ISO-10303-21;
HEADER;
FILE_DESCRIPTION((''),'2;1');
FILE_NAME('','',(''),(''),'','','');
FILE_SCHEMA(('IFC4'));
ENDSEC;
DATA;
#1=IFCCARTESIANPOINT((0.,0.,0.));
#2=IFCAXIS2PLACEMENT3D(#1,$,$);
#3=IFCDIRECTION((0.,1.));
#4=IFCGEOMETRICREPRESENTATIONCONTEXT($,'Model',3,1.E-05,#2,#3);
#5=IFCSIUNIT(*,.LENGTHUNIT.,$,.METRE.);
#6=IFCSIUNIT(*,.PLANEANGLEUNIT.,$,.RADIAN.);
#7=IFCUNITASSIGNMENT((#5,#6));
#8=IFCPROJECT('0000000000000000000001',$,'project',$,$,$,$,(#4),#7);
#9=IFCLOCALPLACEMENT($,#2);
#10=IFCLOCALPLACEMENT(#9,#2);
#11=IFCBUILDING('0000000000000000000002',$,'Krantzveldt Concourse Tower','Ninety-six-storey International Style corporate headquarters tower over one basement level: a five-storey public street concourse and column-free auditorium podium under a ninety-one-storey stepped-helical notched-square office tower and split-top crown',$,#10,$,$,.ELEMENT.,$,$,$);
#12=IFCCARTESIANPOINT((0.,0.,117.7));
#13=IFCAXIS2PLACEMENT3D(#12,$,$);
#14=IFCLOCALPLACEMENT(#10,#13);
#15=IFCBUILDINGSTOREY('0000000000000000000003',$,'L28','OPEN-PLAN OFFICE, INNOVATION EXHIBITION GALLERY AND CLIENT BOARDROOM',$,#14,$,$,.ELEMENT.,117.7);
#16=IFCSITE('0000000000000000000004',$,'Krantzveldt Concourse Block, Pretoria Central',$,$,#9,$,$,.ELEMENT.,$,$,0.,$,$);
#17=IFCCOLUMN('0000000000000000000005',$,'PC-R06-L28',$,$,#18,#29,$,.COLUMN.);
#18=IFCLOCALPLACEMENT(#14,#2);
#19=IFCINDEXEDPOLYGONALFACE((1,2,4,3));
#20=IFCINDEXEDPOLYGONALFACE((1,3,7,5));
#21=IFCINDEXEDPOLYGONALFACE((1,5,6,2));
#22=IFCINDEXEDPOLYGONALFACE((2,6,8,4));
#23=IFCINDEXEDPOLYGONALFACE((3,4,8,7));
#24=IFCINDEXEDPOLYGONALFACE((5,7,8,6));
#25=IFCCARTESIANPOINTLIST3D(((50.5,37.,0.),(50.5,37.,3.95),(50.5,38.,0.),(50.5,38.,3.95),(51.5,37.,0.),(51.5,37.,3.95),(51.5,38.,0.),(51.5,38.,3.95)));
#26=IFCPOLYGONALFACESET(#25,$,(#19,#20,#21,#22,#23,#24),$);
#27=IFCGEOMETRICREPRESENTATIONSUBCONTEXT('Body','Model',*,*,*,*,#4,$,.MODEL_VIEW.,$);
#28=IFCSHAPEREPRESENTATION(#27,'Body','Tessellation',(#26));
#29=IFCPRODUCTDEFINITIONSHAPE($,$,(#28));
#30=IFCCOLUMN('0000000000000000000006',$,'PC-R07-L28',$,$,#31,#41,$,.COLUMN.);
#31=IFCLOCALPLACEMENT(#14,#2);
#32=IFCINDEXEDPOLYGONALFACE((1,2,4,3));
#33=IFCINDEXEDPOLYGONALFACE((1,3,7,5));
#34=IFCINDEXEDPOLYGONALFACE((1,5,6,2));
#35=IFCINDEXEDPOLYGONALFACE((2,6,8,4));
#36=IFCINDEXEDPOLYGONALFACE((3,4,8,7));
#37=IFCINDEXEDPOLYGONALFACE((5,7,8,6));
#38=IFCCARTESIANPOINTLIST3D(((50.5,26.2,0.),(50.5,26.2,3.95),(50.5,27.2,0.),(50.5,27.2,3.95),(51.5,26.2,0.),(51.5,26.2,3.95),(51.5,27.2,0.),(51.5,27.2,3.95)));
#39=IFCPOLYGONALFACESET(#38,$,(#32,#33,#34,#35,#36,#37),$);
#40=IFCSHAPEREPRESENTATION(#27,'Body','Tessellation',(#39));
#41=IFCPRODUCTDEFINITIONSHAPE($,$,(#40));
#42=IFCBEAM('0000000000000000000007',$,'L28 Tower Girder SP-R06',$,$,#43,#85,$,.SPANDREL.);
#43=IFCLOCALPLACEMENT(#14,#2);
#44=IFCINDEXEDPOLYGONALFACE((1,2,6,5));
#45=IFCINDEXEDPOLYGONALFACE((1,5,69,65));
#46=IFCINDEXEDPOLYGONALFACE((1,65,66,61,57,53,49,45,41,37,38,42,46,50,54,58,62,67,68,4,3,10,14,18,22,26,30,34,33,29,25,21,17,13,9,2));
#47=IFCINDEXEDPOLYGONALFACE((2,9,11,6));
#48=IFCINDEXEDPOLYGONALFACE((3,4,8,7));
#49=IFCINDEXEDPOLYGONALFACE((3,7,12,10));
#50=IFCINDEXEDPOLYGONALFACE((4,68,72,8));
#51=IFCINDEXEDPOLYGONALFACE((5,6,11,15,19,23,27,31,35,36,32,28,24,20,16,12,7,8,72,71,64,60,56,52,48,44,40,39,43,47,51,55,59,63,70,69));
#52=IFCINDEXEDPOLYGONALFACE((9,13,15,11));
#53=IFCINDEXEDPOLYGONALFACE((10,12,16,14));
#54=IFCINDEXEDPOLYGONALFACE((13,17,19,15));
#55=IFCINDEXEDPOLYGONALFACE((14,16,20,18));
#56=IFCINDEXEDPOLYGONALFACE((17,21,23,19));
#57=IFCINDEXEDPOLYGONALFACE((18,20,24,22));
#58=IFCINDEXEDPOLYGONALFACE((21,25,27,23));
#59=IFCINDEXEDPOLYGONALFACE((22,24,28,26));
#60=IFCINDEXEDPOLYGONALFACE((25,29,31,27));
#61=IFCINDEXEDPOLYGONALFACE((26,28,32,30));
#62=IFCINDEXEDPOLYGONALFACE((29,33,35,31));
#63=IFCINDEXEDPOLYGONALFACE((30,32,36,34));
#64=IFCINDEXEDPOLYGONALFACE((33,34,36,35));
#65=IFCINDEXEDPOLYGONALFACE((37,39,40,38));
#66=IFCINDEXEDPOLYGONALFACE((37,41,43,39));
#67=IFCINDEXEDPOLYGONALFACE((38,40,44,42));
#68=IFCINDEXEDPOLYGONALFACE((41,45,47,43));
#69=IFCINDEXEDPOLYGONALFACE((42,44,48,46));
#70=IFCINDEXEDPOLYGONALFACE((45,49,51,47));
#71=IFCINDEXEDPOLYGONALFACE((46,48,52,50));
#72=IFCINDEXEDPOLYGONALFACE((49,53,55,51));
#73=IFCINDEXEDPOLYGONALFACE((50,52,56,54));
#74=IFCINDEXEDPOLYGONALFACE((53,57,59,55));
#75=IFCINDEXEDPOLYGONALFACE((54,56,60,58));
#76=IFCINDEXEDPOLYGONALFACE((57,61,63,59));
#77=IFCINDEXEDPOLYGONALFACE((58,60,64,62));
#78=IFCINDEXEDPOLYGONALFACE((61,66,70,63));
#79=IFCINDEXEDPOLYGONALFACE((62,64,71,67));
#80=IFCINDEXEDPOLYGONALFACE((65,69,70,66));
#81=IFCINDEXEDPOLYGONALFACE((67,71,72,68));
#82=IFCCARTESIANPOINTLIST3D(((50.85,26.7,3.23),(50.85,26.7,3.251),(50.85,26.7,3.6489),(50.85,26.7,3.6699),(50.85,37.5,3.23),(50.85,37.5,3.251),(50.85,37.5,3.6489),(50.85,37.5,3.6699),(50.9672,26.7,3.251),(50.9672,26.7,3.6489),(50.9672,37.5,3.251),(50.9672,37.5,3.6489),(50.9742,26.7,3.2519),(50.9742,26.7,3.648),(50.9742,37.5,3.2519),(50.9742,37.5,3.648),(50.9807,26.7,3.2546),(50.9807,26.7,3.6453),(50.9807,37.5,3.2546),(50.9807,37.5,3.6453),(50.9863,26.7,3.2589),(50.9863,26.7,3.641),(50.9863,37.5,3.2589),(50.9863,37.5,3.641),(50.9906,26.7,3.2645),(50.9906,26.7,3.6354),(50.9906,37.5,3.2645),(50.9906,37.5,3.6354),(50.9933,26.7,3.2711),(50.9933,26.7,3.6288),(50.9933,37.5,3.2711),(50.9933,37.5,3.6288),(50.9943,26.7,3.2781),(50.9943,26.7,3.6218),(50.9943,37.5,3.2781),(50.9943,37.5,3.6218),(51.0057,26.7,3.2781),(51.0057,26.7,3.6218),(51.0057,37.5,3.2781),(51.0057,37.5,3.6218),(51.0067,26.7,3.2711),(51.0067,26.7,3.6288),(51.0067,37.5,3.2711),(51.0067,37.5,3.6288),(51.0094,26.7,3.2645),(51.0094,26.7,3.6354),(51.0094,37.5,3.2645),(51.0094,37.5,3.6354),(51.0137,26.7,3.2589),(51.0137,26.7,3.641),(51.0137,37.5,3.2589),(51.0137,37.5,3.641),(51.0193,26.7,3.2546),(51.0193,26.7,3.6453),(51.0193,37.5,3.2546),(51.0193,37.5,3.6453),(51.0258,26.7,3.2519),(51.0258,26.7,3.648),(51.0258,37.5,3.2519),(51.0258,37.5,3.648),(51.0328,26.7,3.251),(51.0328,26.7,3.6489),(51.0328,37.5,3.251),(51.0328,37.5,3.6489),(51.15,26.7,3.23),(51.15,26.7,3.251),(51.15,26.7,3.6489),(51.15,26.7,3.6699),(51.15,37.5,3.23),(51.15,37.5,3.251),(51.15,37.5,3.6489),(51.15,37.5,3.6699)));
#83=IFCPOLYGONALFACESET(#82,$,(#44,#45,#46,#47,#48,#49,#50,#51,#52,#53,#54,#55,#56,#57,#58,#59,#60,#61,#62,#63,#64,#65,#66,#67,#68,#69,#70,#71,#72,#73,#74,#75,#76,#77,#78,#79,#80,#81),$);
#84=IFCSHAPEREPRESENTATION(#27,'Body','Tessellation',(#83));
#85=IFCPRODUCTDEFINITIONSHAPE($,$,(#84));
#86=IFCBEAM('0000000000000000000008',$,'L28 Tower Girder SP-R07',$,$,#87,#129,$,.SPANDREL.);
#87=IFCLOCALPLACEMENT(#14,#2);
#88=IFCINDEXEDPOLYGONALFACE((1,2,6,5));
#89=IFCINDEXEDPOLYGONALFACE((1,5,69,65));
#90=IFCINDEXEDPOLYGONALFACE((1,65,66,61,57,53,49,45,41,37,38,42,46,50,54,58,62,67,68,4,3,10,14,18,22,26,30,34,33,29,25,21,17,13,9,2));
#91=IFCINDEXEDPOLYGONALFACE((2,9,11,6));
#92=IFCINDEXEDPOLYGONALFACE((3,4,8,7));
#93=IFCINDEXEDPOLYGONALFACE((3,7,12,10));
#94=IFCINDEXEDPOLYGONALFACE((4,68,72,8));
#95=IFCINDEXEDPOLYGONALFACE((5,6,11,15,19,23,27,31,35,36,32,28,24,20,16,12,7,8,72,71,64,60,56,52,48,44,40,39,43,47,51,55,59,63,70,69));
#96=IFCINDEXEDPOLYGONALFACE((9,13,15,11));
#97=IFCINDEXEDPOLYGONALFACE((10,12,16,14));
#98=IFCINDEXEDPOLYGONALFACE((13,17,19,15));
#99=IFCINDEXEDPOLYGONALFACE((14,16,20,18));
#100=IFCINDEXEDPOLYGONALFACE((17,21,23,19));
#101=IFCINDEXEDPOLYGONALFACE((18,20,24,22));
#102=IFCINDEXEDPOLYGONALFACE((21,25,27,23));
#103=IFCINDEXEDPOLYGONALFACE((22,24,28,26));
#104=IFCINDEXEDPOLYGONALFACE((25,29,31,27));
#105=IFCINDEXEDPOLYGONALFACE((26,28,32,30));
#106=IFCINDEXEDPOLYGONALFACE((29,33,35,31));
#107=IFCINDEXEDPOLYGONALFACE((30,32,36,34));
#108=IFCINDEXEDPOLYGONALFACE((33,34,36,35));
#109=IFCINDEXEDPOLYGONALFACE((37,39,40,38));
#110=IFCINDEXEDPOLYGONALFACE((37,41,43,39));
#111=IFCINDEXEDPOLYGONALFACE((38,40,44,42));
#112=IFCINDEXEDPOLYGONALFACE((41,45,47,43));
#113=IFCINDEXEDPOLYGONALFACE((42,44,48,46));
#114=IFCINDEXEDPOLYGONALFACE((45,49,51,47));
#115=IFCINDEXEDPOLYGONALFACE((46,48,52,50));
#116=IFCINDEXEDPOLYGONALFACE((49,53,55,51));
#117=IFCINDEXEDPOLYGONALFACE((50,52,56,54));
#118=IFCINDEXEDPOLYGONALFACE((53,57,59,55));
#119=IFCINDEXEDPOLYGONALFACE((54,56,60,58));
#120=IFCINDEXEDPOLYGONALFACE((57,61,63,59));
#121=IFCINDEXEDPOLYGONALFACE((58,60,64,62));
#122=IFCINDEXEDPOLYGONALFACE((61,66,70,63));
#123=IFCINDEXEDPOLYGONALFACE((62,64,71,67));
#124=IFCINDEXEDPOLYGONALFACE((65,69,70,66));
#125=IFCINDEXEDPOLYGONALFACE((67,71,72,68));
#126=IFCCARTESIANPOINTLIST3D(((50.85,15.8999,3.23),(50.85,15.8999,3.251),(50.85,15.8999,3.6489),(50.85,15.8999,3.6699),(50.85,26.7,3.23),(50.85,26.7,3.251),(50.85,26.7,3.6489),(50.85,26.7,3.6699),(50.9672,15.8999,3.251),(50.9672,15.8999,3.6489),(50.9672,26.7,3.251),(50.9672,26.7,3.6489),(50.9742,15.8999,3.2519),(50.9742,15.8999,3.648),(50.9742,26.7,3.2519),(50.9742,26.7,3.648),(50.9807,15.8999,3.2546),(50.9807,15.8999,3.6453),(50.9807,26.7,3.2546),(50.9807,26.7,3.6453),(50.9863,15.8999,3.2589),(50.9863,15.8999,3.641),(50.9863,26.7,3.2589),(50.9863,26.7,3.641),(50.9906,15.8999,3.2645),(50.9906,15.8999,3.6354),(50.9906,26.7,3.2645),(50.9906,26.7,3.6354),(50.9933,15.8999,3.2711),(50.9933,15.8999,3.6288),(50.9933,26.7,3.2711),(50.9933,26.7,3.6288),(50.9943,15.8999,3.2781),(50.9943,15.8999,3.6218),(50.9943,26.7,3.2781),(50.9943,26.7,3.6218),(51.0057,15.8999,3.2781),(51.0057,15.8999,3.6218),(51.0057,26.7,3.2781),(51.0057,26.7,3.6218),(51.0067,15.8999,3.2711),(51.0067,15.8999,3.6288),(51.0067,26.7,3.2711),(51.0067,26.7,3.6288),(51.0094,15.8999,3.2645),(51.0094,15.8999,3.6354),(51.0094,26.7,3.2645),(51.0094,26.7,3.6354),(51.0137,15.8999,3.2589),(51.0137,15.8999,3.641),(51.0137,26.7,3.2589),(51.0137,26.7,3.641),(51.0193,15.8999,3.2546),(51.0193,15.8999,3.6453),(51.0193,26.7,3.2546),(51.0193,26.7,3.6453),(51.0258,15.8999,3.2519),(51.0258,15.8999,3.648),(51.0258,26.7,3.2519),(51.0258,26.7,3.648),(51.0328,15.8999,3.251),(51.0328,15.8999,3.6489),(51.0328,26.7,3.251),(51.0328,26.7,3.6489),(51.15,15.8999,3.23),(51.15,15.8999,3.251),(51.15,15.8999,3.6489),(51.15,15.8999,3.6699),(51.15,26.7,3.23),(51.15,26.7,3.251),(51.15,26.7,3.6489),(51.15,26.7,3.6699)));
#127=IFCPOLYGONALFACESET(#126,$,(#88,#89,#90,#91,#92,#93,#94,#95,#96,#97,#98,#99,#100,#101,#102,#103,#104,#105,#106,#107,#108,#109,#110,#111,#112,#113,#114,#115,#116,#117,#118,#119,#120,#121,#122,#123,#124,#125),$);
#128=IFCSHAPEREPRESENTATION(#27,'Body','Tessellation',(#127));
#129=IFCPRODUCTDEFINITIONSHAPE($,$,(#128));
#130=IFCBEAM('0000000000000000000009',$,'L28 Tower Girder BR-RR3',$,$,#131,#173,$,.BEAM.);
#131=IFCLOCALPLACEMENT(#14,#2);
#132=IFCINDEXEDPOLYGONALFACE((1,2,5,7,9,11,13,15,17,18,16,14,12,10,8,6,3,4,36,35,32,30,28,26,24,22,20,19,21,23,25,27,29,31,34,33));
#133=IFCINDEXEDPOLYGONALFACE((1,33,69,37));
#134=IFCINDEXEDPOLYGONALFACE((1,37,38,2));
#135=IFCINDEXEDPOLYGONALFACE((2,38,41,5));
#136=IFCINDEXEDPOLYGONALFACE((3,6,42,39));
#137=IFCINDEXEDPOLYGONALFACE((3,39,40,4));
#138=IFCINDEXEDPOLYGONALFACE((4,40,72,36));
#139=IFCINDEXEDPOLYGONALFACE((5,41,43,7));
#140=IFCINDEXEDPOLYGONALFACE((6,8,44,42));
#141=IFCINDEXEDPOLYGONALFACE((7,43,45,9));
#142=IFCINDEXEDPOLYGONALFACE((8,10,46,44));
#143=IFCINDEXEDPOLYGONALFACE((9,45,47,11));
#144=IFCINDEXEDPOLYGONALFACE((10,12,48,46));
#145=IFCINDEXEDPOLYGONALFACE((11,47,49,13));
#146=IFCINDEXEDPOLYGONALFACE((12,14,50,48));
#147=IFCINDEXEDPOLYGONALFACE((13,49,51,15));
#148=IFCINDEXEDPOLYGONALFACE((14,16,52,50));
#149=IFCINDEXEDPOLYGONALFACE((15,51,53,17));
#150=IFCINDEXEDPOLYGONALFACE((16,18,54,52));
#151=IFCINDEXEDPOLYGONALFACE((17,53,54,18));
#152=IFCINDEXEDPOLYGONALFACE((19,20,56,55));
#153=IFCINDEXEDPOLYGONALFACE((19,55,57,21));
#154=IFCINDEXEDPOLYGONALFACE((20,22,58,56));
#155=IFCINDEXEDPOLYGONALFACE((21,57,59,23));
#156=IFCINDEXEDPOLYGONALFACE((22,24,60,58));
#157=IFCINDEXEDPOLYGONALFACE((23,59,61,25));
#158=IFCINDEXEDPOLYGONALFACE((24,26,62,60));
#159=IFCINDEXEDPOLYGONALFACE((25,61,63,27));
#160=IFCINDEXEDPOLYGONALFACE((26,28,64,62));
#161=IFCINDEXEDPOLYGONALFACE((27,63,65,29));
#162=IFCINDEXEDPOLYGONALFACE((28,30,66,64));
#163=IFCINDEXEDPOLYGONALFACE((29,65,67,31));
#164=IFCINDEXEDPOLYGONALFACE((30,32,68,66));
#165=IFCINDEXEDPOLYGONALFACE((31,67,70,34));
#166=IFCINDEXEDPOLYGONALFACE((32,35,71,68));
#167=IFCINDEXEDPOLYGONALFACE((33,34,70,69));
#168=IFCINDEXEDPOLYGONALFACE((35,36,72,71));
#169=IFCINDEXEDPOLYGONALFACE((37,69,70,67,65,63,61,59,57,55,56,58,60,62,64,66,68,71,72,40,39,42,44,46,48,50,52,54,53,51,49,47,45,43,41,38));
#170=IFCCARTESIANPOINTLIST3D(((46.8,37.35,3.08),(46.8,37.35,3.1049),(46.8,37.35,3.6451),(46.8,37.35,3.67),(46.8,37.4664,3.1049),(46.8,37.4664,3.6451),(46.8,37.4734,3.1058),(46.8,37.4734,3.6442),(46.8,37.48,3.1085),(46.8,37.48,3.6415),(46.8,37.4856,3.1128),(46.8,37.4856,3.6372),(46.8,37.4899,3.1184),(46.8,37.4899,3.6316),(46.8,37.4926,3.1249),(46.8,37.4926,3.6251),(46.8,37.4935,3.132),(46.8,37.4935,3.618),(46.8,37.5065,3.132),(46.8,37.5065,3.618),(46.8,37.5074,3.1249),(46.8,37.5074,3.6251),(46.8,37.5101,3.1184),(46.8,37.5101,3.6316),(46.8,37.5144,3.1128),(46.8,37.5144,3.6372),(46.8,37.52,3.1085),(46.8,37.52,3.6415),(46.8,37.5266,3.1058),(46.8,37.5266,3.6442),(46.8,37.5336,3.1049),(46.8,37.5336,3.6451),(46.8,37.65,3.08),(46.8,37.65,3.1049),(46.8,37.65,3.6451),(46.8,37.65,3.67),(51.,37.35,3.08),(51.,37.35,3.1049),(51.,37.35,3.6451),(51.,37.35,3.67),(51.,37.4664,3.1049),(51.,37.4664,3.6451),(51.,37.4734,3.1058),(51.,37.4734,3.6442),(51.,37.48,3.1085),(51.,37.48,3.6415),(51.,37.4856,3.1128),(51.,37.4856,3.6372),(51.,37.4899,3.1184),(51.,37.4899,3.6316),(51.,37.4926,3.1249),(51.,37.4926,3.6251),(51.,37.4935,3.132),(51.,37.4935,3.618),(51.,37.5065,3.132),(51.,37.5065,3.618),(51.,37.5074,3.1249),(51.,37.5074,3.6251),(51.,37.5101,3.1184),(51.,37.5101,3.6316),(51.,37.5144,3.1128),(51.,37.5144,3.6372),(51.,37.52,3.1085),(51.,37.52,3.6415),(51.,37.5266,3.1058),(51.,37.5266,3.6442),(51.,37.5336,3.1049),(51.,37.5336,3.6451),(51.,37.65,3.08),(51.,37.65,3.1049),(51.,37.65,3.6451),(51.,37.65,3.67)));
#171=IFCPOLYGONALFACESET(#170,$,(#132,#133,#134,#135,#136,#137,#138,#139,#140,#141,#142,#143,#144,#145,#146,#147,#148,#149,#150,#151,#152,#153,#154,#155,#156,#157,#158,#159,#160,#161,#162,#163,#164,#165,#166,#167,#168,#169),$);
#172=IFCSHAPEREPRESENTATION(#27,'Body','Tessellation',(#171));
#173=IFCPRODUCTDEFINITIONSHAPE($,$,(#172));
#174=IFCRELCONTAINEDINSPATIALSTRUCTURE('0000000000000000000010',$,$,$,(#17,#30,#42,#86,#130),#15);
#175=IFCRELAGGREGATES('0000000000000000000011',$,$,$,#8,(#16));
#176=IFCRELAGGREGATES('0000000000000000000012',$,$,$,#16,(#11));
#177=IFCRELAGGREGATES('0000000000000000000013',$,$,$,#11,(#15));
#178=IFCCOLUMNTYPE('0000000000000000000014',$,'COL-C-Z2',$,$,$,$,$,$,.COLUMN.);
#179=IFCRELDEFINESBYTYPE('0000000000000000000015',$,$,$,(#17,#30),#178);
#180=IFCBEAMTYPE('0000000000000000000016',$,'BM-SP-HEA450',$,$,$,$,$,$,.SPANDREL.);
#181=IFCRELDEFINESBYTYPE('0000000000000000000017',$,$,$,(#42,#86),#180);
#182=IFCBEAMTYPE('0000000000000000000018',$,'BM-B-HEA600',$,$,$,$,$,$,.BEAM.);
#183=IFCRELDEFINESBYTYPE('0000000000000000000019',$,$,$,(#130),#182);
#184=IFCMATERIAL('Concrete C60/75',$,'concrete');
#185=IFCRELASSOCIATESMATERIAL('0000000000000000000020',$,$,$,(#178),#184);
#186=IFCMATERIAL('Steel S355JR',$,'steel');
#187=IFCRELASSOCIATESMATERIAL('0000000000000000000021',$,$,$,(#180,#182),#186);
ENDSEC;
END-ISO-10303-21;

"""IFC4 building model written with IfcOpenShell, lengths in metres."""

from ifc_helpers import new_model, si_unit, direction, frame, origin, origin_2d, place, context, subcontext, project, spatial, rectangle, i_section, extrude, source, transform, mapped, material, material_profile, profile_set, type_object, type_shapes, element, save


model = new_model("IFC4")

# Units and contexts
model_context = context("Model", 3, precision=1e-05, world=origin(), true_north=direction((0.0, 1.0)))
body_context = subcontext(model_context, "Body", "Model", "MODEL_VIEW")
ifc_project = project(units=[si_unit("LENGTHUNIT", "METRE"), si_unit("PLANEANGLEUNIT", "RADIAN")], contexts=[model_context])

# Site, building, storey
site_placement = place(None, origin())
site = spatial("IfcSite", under=ifc_project, at=site_placement, Name="Krantzveldt Concourse Block, Pretoria Central", CompositionType="ELEMENT", RefElevation=0.0)
building_placement = place(site_placement, origin())
building = spatial("IfcBuilding", under=site, at=building_placement, Name="Krantzveldt Concourse Tower", Description="Ninety-six-storey International Style corporate headquarters tower over one basement level: a five-storey public street concourse and column-free auditorium podium under a ninety-one-storey stepped-helical notched-square office tower and split-top crown", CompositionType="ELEMENT")
storey_placement = place(building_placement, frame((0.0, 0.0, 117.7)))
storey = spatial("IfcBuildingStorey", under=building, at=storey_placement, Name="L28", Description="OPEN-PLAN OFFICE, INNOVATION EXHIBITION GALLERY AND CLIENT BOARDROOM", CompositionType="ELEMENT", Elevation=117.7)

# Columns
ifc_material_1 = material(Name="Concrete C60/75", Category="concrete")
ifc_material_profile_1 = material_profile(ifc_material_1, rectangle(XDim=1.0, YDim=1.0, at=origin_2d()), Name="Concrete C60/75", Category="concrete")
ifc_profile_set_1 = profile_set([ifc_material_profile_1], Name="Concrete C60/75 - RC 1000x1000")
column_type = type_object("IfcColumnType", Name="COL-C-Z2", PredefinedType="COLUMN", material=ifc_profile_set_1)
shared_shape_1 = source(origin(), body_context, "Body", "SweptSolid", [
    extrude(rectangle(XDim=1.0, YDim=1.0, at=origin_2d()), origin(), (0.0, 0.0, 1.0), 3.95),
])
type_shapes(column_type, [shared_shape_1])
for number, where, z_axis, x_axis, name in (
    (1, (51.0, 37.5, 0.0), (0.0, 0.0, 1.0), (1.0, 0.0, 0.0), "PC-R06-L28"),
    (2, (51.0, 26.7, 0.0), (0.0, 0.0, 1.0), (1.0, 0.0, 0.0), "PC-R07-L28"),
):
    element("IfcColumn", number, at=place(storey_placement, frame(where, z_axis=z_axis, x_axis=x_axis)), inside=storey, type_object=column_type, Name=name, PredefinedType="COLUMN", context=body_context, shape_type="MappedRepresentation", body=[
        mapped(shared_shape_1, transform((0.0, 0.0, 0.0), x_axis=(1.0, 0.0, 0.0), y_axis=(0.0, 1.0, 0.0), z_axis=(0.0, 0.0, 1.0), scale=1.0)),
    ])

# Beams
ifc_material_2 = material(Name="Steel S355JR", Category="steel")
ifc_material_profile_2 = material_profile(ifc_material_2, i_section(OverallWidth=0.3, OverallDepth=0.4399, WebThickness=0.0115, FlangeThickness=0.021, FilletRadius=0.0271, at=origin_2d()), Name="Steel S355JR", Category="steel")
ifc_profile_set_2 = profile_set([ifc_material_profile_2], Name="Steel S355JR - HEA 450")
beam_type_1 = type_object("IfcBeamType", Name="BM-SP-HEA450", PredefinedType="SPANDREL", material=ifc_profile_set_2)
shared_shape_2 = source(origin(), body_context, "Body", "SweptSolid", [
    extrude(i_section(OverallWidth=0.3, OverallDepth=0.4399, WebThickness=0.0115, FlangeThickness=0.021, FilletRadius=0.0271, at=origin_2d()), origin(), (0.0, 0.0, 1.0), 10.8),
])
type_shapes(beam_type_1, [shared_shape_2])
for number, where, z_axis, x_axis, name in (
    (3, (51.0, 37.5, 3.45), (0.0, -1.0, 0.0), (1.0, 0.0, 0.0), "L28 Tower Girder SP-R06"),
    (4, (51.0, 26.7, 3.45), (0.0, -1.0, 0.0), (1.0, 0.0, 0.0), "L28 Tower Girder SP-R07"),
):
    element("IfcBeam", number, at=place(storey_placement, frame(where, z_axis=z_axis, x_axis=x_axis)), inside=storey, type_object=beam_type_1, Name=name, PredefinedType="SPANDREL", context=body_context, shape_type="MappedRepresentation", body=[
        mapped(shared_shape_2, transform((0.0, 0.0, 0.0), x_axis=(1.0, 0.0, 0.0), y_axis=(0.0, 1.0, 0.0), z_axis=(0.0, 0.0, 1.0), scale=1.0)),
    ])
ifc_material_profile_3 = material_profile(ifc_material_2, i_section(OverallWidth=0.3, OverallDepth=0.5901, WebThickness=0.0129, FlangeThickness=0.0249, FilletRadius=0.0271, at=origin_2d()), Name="Steel S355JR", Category="steel")
ifc_profile_set_3 = profile_set([ifc_material_profile_3], Name="Steel S355JR - HEA 600")
beam_type_2 = type_object("IfcBeamType", Name="BM-B-HEA600", PredefinedType="BEAM", material=ifc_profile_set_3)
shared_shape_3 = source(origin(), body_context, "Body", "SweptSolid", [
    extrude(i_section(OverallWidth=0.3, OverallDepth=0.5901, WebThickness=0.0129, FlangeThickness=0.0249, FilletRadius=0.0271, at=origin_2d()), origin(), (0.0, 0.0, 1.0), 4.2),
])
type_shapes(beam_type_2, [shared_shape_3])
beam_placement = place(storey_placement, frame((46.8, 37.5, 3.375), z_axis=(1.0, 0.0, 0.0), x_axis=(0.0, 1.0, 0.0)))
element("IfcBeam", 5, at=beam_placement, inside=storey, type_object=beam_type_2, Name="L28 Tower Girder BR-RR3", PredefinedType="BEAM", context=body_context, shape_type="MappedRepresentation", body=[
    mapped(shared_shape_3, transform((0.0, 0.0, 0.0), x_axis=(1.0, 0.0, 0.0), y_axis=(0.0, 1.0, 0.0), z_axis=(0.0, 0.0, 1.0), scale=1.0)),
])

save(model, "model.ifc")
